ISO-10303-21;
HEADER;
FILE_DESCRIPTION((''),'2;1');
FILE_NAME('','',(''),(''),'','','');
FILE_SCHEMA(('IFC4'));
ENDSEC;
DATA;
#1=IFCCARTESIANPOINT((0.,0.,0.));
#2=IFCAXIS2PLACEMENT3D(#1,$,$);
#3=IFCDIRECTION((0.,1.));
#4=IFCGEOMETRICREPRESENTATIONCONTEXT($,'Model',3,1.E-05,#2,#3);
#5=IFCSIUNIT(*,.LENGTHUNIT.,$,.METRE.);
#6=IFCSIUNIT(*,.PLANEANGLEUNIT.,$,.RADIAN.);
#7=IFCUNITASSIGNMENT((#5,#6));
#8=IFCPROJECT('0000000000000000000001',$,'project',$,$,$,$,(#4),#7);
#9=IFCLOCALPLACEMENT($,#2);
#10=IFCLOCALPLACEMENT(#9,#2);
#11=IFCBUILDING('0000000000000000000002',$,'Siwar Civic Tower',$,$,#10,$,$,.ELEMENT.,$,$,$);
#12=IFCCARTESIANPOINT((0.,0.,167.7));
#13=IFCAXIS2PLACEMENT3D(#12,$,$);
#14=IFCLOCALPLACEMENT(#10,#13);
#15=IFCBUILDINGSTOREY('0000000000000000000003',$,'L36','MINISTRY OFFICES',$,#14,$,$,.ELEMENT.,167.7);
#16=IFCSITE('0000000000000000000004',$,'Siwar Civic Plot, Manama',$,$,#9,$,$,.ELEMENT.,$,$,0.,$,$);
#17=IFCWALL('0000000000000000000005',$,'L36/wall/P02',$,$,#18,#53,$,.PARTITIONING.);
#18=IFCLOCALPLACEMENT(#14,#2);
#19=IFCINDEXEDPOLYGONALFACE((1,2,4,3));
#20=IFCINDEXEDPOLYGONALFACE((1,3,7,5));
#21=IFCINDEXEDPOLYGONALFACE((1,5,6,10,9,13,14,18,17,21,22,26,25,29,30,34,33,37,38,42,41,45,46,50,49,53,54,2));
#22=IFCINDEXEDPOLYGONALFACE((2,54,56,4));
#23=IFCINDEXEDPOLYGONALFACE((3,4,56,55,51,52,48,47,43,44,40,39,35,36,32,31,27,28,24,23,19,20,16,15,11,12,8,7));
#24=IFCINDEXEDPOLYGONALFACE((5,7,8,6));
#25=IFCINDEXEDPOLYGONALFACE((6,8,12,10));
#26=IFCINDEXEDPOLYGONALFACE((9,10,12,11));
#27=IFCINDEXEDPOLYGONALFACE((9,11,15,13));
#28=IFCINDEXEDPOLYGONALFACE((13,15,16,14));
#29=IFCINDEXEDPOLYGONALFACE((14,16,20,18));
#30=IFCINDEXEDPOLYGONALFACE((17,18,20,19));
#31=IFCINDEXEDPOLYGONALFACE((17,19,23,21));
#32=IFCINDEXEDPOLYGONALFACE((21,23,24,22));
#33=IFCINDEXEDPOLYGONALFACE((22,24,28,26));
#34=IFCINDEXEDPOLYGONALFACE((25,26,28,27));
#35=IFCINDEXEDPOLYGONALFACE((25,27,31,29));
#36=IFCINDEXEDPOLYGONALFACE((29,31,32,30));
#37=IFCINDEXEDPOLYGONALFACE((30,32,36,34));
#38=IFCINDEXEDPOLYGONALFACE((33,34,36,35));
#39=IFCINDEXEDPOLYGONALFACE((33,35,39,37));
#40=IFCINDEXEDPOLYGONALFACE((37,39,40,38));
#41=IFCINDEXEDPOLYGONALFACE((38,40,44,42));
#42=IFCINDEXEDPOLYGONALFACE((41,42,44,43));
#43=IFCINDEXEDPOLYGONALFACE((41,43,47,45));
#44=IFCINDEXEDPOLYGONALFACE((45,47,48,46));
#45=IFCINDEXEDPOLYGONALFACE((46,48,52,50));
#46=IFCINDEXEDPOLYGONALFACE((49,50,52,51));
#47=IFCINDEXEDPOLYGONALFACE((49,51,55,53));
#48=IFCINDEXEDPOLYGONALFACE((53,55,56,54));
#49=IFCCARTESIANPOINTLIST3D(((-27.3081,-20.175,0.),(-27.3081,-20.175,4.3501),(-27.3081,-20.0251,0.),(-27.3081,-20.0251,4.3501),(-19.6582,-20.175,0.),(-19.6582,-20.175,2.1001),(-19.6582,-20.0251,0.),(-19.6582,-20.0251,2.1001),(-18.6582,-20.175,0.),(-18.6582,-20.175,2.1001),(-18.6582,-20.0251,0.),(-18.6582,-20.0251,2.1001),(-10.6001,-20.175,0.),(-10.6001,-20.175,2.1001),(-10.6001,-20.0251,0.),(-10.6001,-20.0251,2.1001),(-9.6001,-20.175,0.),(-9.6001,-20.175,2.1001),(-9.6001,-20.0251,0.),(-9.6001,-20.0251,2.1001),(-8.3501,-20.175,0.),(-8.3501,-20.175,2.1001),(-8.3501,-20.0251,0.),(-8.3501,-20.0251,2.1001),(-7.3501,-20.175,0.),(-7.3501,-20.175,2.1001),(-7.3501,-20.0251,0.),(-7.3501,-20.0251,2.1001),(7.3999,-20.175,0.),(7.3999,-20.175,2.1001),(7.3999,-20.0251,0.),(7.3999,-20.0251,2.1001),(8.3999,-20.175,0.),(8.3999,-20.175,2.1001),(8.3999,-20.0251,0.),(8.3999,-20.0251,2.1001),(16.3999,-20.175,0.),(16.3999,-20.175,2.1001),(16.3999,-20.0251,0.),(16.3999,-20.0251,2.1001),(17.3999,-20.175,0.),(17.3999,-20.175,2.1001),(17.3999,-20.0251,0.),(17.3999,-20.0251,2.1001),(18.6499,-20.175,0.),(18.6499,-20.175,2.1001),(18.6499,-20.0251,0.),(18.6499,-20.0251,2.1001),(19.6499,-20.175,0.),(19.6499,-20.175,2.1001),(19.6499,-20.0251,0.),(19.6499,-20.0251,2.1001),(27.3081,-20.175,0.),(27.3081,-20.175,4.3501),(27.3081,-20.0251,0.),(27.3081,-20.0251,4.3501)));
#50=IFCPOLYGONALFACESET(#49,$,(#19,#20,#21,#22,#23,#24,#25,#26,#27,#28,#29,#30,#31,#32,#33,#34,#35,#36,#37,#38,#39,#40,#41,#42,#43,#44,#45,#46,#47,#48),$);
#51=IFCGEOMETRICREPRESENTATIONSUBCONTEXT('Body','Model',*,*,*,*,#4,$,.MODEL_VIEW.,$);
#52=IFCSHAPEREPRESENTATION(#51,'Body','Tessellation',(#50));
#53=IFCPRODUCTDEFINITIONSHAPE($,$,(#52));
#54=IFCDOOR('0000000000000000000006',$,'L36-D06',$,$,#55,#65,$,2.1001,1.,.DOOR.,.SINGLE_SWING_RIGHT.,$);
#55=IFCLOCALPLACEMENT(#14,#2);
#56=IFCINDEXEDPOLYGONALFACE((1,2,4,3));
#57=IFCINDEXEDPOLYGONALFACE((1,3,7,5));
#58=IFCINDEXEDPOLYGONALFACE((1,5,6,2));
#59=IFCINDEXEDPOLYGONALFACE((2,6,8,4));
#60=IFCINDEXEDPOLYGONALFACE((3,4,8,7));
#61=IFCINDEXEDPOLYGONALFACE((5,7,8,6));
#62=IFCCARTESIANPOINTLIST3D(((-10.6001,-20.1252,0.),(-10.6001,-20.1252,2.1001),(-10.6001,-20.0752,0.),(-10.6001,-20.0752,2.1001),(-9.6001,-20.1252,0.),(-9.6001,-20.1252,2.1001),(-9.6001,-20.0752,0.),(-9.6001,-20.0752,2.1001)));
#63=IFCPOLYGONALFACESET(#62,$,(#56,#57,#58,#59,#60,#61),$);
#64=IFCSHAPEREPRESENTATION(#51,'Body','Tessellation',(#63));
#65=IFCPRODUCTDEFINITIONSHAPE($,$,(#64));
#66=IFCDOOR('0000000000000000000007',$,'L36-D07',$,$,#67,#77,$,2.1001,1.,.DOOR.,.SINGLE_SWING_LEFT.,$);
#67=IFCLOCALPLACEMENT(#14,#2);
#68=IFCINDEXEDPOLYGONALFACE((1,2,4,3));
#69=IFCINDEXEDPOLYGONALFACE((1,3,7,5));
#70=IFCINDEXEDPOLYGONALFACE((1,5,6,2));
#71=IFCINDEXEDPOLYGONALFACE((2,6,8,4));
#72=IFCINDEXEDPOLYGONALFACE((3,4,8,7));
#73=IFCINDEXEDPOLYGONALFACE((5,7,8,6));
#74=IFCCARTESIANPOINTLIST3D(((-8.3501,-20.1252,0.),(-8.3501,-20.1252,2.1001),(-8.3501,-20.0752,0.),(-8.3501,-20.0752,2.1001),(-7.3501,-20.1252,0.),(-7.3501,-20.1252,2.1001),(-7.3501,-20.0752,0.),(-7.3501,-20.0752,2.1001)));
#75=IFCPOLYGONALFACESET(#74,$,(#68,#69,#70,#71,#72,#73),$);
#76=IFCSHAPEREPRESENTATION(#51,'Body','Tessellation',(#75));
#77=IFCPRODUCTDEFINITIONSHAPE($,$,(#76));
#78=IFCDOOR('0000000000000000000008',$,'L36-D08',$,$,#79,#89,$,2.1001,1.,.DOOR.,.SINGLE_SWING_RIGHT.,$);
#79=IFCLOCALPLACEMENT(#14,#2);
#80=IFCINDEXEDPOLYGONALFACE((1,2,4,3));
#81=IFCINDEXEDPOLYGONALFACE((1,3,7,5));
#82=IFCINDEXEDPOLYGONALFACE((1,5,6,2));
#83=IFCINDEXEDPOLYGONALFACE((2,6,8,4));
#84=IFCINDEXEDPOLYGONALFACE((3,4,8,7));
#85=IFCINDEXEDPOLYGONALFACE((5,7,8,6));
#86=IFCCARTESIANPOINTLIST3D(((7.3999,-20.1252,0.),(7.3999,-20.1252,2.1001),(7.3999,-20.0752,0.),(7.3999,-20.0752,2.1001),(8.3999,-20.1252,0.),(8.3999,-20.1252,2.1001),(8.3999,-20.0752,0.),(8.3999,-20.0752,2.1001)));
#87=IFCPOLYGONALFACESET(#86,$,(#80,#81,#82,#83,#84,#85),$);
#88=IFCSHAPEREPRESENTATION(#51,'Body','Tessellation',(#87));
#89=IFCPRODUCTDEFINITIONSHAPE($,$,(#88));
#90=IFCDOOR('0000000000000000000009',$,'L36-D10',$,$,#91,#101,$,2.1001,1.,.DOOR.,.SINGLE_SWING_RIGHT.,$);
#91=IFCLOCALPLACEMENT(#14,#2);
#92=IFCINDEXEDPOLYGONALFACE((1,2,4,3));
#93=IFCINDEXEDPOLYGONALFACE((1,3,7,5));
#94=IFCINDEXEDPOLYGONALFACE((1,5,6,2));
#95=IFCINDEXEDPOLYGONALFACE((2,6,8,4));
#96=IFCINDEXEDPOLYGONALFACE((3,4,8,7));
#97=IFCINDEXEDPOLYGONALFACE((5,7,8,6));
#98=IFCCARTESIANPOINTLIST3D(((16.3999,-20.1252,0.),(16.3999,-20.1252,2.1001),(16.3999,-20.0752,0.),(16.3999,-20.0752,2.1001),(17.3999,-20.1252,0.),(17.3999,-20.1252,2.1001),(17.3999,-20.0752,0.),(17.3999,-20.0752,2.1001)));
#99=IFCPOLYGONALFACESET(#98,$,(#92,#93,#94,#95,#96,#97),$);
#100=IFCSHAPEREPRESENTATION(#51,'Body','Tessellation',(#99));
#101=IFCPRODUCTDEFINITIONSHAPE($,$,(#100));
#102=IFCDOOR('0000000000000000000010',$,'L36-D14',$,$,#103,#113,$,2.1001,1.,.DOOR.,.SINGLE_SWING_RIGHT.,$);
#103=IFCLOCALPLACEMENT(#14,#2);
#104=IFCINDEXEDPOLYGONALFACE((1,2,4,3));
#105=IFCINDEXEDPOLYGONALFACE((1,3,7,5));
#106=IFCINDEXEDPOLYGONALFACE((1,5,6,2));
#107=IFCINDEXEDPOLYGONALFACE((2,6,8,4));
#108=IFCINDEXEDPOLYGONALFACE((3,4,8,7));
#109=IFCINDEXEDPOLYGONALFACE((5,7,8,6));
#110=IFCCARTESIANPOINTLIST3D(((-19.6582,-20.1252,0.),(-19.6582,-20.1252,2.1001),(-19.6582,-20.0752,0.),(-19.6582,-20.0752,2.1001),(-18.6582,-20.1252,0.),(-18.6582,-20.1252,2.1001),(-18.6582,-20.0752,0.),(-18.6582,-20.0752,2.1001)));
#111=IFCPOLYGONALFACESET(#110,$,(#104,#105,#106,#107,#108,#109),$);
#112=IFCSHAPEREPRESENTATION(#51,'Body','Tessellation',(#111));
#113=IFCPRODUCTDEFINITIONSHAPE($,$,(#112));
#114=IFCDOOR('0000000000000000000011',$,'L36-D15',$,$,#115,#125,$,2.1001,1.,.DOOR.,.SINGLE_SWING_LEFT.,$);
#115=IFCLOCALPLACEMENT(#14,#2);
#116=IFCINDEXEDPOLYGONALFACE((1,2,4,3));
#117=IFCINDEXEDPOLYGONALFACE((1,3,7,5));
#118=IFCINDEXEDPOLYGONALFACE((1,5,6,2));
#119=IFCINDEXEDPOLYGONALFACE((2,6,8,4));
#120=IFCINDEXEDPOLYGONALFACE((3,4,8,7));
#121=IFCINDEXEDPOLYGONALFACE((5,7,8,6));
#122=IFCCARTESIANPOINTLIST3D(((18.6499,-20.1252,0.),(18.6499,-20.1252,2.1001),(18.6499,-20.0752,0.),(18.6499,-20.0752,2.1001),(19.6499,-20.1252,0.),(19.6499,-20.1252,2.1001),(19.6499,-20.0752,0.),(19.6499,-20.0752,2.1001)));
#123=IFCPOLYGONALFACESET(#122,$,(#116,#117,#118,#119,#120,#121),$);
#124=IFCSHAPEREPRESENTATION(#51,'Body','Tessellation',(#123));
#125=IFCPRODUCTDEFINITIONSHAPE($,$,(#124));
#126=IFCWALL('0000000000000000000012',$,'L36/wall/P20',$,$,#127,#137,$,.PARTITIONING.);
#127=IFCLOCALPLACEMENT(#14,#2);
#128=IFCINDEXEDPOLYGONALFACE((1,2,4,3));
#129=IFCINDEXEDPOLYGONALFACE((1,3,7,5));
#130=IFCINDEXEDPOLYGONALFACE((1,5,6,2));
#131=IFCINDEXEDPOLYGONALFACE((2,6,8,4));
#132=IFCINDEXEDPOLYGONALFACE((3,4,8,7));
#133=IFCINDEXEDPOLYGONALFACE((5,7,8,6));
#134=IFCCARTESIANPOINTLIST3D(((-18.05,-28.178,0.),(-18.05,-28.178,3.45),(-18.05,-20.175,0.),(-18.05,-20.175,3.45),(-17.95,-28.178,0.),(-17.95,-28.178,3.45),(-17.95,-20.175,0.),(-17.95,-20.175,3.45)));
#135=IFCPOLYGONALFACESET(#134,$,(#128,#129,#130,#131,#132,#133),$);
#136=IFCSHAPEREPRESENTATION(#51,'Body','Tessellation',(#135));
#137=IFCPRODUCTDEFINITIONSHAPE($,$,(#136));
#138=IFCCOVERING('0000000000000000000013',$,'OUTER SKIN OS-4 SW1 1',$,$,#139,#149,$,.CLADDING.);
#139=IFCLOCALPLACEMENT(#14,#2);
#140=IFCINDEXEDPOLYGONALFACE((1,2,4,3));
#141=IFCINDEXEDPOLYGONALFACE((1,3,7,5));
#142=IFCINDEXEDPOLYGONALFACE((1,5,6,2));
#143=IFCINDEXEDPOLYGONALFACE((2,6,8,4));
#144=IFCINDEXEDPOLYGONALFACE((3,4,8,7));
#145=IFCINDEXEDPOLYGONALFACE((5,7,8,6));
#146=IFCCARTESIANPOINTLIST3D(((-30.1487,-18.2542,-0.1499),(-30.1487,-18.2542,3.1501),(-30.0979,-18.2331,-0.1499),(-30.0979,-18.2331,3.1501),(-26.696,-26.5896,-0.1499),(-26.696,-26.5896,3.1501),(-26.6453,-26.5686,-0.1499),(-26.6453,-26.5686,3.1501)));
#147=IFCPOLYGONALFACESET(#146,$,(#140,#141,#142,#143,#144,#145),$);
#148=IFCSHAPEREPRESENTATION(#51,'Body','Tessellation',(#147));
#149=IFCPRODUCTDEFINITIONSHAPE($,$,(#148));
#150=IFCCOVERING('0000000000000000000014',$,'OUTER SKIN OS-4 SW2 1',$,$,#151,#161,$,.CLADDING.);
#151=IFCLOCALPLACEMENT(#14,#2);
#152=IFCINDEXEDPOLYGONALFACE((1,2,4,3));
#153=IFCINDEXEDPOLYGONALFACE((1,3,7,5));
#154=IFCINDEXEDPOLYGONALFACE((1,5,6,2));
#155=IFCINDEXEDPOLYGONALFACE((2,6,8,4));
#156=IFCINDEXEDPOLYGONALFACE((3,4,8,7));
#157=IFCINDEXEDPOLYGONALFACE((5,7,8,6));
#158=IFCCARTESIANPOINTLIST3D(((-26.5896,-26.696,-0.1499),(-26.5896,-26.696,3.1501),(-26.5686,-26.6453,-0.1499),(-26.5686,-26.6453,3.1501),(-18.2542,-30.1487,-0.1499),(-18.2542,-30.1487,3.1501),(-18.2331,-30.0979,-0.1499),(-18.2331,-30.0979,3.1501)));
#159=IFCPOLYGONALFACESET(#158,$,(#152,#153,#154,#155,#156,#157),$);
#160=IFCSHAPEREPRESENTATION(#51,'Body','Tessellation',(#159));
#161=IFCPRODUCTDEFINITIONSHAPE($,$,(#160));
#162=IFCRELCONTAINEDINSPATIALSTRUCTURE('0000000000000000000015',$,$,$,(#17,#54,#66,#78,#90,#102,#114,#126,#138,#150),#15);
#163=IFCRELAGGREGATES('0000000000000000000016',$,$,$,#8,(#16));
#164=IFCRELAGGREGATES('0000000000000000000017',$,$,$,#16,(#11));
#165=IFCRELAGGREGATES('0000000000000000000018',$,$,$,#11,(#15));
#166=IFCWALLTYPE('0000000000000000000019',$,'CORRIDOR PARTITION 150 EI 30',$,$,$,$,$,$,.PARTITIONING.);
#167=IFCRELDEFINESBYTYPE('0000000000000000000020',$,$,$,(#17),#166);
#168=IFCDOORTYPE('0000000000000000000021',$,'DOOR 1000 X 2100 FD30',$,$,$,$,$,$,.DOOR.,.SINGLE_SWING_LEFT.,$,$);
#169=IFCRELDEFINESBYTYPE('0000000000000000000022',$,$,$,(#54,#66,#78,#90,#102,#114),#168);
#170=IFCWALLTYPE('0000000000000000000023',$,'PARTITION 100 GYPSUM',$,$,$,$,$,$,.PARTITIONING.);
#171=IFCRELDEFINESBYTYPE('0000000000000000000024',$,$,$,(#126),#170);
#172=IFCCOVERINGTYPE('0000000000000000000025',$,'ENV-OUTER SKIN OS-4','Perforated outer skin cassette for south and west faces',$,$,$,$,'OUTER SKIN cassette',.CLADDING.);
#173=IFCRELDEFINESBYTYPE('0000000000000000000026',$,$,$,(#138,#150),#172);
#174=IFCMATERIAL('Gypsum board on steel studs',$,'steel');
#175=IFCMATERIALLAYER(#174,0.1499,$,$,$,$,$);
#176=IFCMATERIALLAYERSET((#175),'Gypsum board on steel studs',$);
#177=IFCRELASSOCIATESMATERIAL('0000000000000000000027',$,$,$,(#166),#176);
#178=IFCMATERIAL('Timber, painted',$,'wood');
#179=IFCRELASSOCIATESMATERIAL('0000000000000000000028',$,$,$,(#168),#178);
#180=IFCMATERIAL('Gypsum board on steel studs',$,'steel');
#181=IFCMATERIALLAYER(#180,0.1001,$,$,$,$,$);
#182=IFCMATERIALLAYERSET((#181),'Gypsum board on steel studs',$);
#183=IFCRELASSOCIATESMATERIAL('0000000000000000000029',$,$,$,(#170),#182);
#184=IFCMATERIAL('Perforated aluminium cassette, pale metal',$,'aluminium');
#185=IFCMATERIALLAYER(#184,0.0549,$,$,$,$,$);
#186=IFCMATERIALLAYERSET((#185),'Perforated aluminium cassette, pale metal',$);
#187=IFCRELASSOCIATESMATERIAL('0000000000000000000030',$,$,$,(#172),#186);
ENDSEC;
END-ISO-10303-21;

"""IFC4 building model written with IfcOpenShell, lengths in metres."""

from ifc_helpers import new_model, si_unit, direction, frame, frame_2d, origin, origin_2d, place, context, subcontext, project, spatial, rectangle, extrude, material, layer, layer_set, type_object, element, fill, save


model = new_model("IFC4")

# Units and contexts
model_context = context("Model", 3, precision=1e-05, world=origin(), true_north=direction((0.0, 1.0)))
body_context = subcontext(model_context, "Body", "Model", "MODEL_VIEW")
ifc_project = project(units=[si_unit("LENGTHUNIT", "METRE"), si_unit("PLANEANGLEUNIT", "RADIAN")], contexts=[model_context])

# Site, building, storey
site_placement = place(None, origin())
site = spatial("IfcSite", under=ifc_project, at=site_placement, Name="Siwar Civic Plot, Manama", CompositionType="ELEMENT", RefElevation=0.0)
building_placement = place(site_placement, origin())
building = spatial("IfcBuilding", under=site, at=building_placement, Name="Siwar Civic Tower", CompositionType="ELEMENT")
storey_placement = place(building_placement, frame((0.0, 0.0, 167.7)))
storey = spatial("IfcBuildingStorey", under=building, at=storey_placement, Name="L36", Description="MINISTRY OFFICES", CompositionType="ELEMENT", Elevation=167.7)

# Wall, openings, doors
ifc_material_1 = material(Name="Gypsum board on steel studs", Category="steel")
ifc_layer_1 = layer(ifc_material_1, 0.1499)
ifc_layer_set_1 = layer_set([ifc_layer_1], Name="Gypsum board on steel studs")
wall_type_1 = type_object("IfcWallType", Name="CORRIDOR PARTITION 150 EI 30", PredefinedType="PARTITIONING", material=ifc_layer_set_1)
wall_1_placement = place(storey_placement, frame((-27.3081, -20.1001, 0.0), z_axis=(0.0, 0.0, 1.0), x_axis=(1.0, 0.0, 0.0)))
wall_1 = element("IfcWall", 1, at=wall_1_placement, inside=storey, type_object=wall_type_1, Name="L36/wall/P02", PredefinedType="PARTITIONING", context=body_context, shape_type="SweptSolid", body=[
    extrude(rectangle(XDim=54.6162, YDim=0.1499, at=frame_2d((27.3081, 0.0))), origin(), (0.0, 0.0, 1.0), 4.3501),
])
opening_1_placement = place(wall_1_placement, frame((16.708, 0.0, 0.0)))
opening_1 = element("IfcOpeningElement", 2, at=opening_1_placement, cuts=wall_1, PredefinedType="OPENING", context=body_context, shape_type="SweptSolid", body=[
    extrude(rectangle(XDim=1.0, YDim=2.1001, at=frame_2d((0.5, 1.05))), frame((0.0, 0.085, 0.0), z_axis=(0.0, -1.0, 0.0), x_axis=(1.0, 0.0, 0.0)), (0.0, 0.0, 1.0), 0.1699),
])
opening_2_placement = place(wall_1_placement, frame((18.958, 0.0, 0.0)))
opening_2 = element("IfcOpeningElement", 3, at=opening_2_placement, cuts=wall_1, PredefinedType="OPENING", context=body_context, shape_type="SweptSolid", body=[
    extrude(rectangle(XDim=1.0, YDim=2.1001, at=frame_2d((0.5, 1.05))), frame((0.0, 0.085, 0.0), z_axis=(0.0, -1.0, 0.0), x_axis=(1.0, 0.0, 0.0)), (0.0, 0.0, 1.0), 0.1699),
])
opening_3_placement = place(wall_1_placement, frame((34.708, 0.0, 0.0)))
opening_3 = element("IfcOpeningElement", 4, at=opening_3_placement, cuts=wall_1, PredefinedType="OPENING", context=body_context, shape_type="SweptSolid", body=[
    extrude(rectangle(XDim=1.0, YDim=2.1001, at=frame_2d((0.5, 1.05))), frame((0.0, 0.085, 0.0), z_axis=(0.0, -1.0, 0.0), x_axis=(1.0, 0.0, 0.0)), (0.0, 0.0, 1.0), 0.1699),
])
opening_4_placement = place(wall_1_placement, frame((43.708, 0.0, 0.0)))
opening_4 = element("IfcOpeningElement", 5, at=opening_4_placement, cuts=wall_1, PredefinedType="OPENING", context=body_context, shape_type="SweptSolid", body=[
    extrude(rectangle(XDim=1.0, YDim=2.1001, at=frame_2d((0.5, 1.05))), frame((0.0, 0.085, 0.0), z_axis=(0.0, -1.0, 0.0), x_axis=(1.0, 0.0, 0.0)), (0.0, 0.0, 1.0), 0.1699),
])
opening_5_placement = place(wall_1_placement, frame((7.6499, 0.0, 0.0)))
opening_5 = element("IfcOpeningElement", 6, at=opening_5_placement, cuts=wall_1, PredefinedType="OPENING", context=body_context, shape_type="SweptSolid", body=[
    extrude(rectangle(XDim=1.0, YDim=2.1001, at=frame_2d((0.5, 1.05))), frame((0.0, 0.085, 0.0), z_axis=(0.0, -1.0, 0.0), x_axis=(1.0, 0.0, 0.0)), (0.0, 0.0, 1.0), 0.1699),
])
opening_6_placement = place(wall_1_placement, frame((45.958, 0.0, 0.0)))
opening_6 = element("IfcOpeningElement", 7, at=opening_6_placement, cuts=wall_1, PredefinedType="OPENING", context=body_context, shape_type="SweptSolid", body=[
    extrude(rectangle(XDim=1.0, YDim=2.1001, at=frame_2d((0.5, 1.05))), frame((0.0, 0.085, 0.0), z_axis=(0.0, -1.0, 0.0), x_axis=(1.0, 0.0, 0.0)), (0.0, 0.0, 1.0), 0.1699),
])
ifc_material_2 = material(Name="Timber, painted", Category="wood")
door_type = type_object("IfcDoorType", Name="DOOR 1000 X 2100 FD30", OperationType="SINGLE_SWING_LEFT", PredefinedType="DOOR", material=ifc_material_2)
door_1_placement = place(opening_1_placement, origin())
door_1 = element("IfcDoor", 8, at=door_1_placement, inside=storey, type_object=door_type, Name="L36-D06", OperationType="SINGLE_SWING_RIGHT", OverallHeight=2.1001, OverallWidth=1.0, PredefinedType="DOOR", context=body_context, shape_type="SweptSolid", body=[
    extrude(rectangle(XDim=1.0, YDim=2.1001, at=frame_2d((0.5, 1.05))), frame((0.0, 0.0249, 0.0), z_axis=(0.0, -1.0, 0.0), x_axis=(1.0, 0.0, 0.0)), (0.0, 0.0, 1.0), 0.05),
])
fill(opening_1, door_1)
door_2_placement = place(opening_2_placement, origin())
door_2 = element("IfcDoor", 9, at=door_2_placement, inside=storey, type_object=door_type, Name="L36-D07", OperationType="SINGLE_SWING_LEFT", OverallHeight=2.1001, OverallWidth=1.0, PredefinedType="DOOR", context=body_context, shape_type="SweptSolid", body=[
    extrude(rectangle(XDim=1.0, YDim=2.1001, at=frame_2d((0.5, 1.05))), frame((0.0, 0.0249, 0.0), z_axis=(0.0, -1.0, 0.0), x_axis=(1.0, 0.0, 0.0)), (0.0, 0.0, 1.0), 0.05),
])
fill(opening_2, door_2)
door_3_placement = place(opening_3_placement, origin())
door_3 = element("IfcDoor", 10, at=door_3_placement, inside=storey, type_object=door_type, Name="L36-D08", OperationType="SINGLE_SWING_RIGHT", OverallHeight=2.1001, OverallWidth=1.0, PredefinedType="DOOR", context=body_context, shape_type="SweptSolid", body=[
    extrude(rectangle(XDim=1.0, YDim=2.1001, at=frame_2d((0.5, 1.05))), frame((0.0, 0.0249, 0.0), z_axis=(0.0, -1.0, 0.0), x_axis=(1.0, 0.0, 0.0)), (0.0, 0.0, 1.0), 0.05),
])
fill(opening_3, door_3)
door_4_placement = place(opening_4_placement, origin())
door_4 = element("IfcDoor", 11, at=door_4_placement, inside=storey, type_object=door_type, Name="L36-D10", OperationType="SINGLE_SWING_RIGHT", OverallHeight=2.1001, OverallWidth=1.0, PredefinedType="DOOR", context=body_context, shape_type="SweptSolid", body=[
    extrude(rectangle(XDim=1.0, YDim=2.1001, at=frame_2d((0.5, 1.05))), frame((0.0, 0.0249, 0.0), z_axis=(0.0, -1.0, 0.0), x_axis=(1.0, 0.0, 0.0)), (0.0, 0.0, 1.0), 0.05),
])
fill(opening_4, door_4)
door_5_placement = place(opening_5_placement, origin())
door_5 = element("IfcDoor", 12, at=door_5_placement, inside=storey, type_object=door_type, Name="L36-D14", OperationType="SINGLE_SWING_RIGHT", OverallHeight=2.1001, OverallWidth=1.0, PredefinedType="DOOR", context=body_context, shape_type="SweptSolid", body=[
    extrude(rectangle(XDim=1.0, YDim=2.1001, at=frame_2d((0.5, 1.05))), frame((0.0, 0.0249, 0.0), z_axis=(0.0, -1.0, 0.0), x_axis=(1.0, 0.0, 0.0)), (0.0, 0.0, 1.0), 0.05),
])
fill(opening_5, door_5)
door_6_placement = place(opening_6_placement, origin())
door_6 = element("IfcDoor", 13, at=door_6_placement, inside=storey, type_object=door_type, Name="L36-D15", OperationType="SINGLE_SWING_LEFT", OverallHeight=2.1001, OverallWidth=1.0, PredefinedType="DOOR", context=body_context, shape_type="SweptSolid", body=[
    extrude(rectangle(XDim=1.0, YDim=2.1001, at=frame_2d((0.5, 1.05))), frame((0.0, 0.0249, 0.0), z_axis=(0.0, -1.0, 0.0), x_axis=(1.0, 0.0, 0.0)), (0.0, 0.0, 1.0), 0.05),
])
fill(opening_6, door_6)

# Wall
ifc_material_3 = material(Name="Gypsum board on steel studs", Category="steel")
ifc_layer_2 = layer(ifc_material_3, 0.1001)
ifc_layer_set_2 = layer_set([ifc_layer_2], Name="Gypsum board on steel studs")
wall_type_2 = type_object("IfcWallType", Name="PARTITION 100 GYPSUM", PredefinedType="PARTITIONING", material=ifc_layer_set_2)
wall_2_placement = place(storey_placement, frame((-18.0, -28.178, 0.0), z_axis=(0.0, 0.0, 1.0), x_axis=(0.0, 1.0, 0.0)))
element("IfcWall", 14, at=wall_2_placement, inside=storey, type_object=wall_type_2, Name="L36/wall/P20", PredefinedType="PARTITIONING", context=body_context, shape_type="SweptSolid", body=[
    extrude(rectangle(XDim=8.0029, YDim=0.1001, at=frame_2d((4.0015, 0.0))), origin(), (0.0, 0.0, 1.0), 3.45),
])

# Coverings
ifc_material_4 = material(Name="Perforated aluminium cassette, pale metal", Category="aluminium")
ifc_layer_3 = layer(ifc_material_4, 0.0549)
ifc_layer_set_3 = layer_set([ifc_layer_3], Name="Perforated aluminium cassette, pale metal")
covering_type = type_object("IfcCoveringType", Name="ENV-OUTER SKIN OS-4", Description="Perforated outer skin cassette for south and west faces", ElementType="OUTER SKIN cassette", PredefinedType="CLADDING", material=ifc_layer_set_3)
for number, where, z_axis, x_axis, name in (
    (15, (-28.397, -22.4114, -0.1499), (0.0, 0.0, 1.0), (0.382683, -0.92388, 0.0), "OUTER SKIN OS-4 SW1 1"),
    (16, (-22.4114, -28.397, -0.1499), (0.0, 0.0, 1.0), (0.92388, -0.382683, 0.0), "OUTER SKIN OS-4 SW2 1"),
):
    element("IfcCovering", number, at=place(storey_placement, frame(where, z_axis=z_axis, x_axis=x_axis)), inside=storey, type_object=covering_type, Name=name, PredefinedType="CLADDING", context=body_context, shape_type="SweptSolid", body=[
        extrude(rectangle(XDim=9.0222, YDim=0.0549, at=origin_2d()), origin(), (0.0, 0.0, 1.0), 3.3),
    ])

save(model, "model.ifc")
